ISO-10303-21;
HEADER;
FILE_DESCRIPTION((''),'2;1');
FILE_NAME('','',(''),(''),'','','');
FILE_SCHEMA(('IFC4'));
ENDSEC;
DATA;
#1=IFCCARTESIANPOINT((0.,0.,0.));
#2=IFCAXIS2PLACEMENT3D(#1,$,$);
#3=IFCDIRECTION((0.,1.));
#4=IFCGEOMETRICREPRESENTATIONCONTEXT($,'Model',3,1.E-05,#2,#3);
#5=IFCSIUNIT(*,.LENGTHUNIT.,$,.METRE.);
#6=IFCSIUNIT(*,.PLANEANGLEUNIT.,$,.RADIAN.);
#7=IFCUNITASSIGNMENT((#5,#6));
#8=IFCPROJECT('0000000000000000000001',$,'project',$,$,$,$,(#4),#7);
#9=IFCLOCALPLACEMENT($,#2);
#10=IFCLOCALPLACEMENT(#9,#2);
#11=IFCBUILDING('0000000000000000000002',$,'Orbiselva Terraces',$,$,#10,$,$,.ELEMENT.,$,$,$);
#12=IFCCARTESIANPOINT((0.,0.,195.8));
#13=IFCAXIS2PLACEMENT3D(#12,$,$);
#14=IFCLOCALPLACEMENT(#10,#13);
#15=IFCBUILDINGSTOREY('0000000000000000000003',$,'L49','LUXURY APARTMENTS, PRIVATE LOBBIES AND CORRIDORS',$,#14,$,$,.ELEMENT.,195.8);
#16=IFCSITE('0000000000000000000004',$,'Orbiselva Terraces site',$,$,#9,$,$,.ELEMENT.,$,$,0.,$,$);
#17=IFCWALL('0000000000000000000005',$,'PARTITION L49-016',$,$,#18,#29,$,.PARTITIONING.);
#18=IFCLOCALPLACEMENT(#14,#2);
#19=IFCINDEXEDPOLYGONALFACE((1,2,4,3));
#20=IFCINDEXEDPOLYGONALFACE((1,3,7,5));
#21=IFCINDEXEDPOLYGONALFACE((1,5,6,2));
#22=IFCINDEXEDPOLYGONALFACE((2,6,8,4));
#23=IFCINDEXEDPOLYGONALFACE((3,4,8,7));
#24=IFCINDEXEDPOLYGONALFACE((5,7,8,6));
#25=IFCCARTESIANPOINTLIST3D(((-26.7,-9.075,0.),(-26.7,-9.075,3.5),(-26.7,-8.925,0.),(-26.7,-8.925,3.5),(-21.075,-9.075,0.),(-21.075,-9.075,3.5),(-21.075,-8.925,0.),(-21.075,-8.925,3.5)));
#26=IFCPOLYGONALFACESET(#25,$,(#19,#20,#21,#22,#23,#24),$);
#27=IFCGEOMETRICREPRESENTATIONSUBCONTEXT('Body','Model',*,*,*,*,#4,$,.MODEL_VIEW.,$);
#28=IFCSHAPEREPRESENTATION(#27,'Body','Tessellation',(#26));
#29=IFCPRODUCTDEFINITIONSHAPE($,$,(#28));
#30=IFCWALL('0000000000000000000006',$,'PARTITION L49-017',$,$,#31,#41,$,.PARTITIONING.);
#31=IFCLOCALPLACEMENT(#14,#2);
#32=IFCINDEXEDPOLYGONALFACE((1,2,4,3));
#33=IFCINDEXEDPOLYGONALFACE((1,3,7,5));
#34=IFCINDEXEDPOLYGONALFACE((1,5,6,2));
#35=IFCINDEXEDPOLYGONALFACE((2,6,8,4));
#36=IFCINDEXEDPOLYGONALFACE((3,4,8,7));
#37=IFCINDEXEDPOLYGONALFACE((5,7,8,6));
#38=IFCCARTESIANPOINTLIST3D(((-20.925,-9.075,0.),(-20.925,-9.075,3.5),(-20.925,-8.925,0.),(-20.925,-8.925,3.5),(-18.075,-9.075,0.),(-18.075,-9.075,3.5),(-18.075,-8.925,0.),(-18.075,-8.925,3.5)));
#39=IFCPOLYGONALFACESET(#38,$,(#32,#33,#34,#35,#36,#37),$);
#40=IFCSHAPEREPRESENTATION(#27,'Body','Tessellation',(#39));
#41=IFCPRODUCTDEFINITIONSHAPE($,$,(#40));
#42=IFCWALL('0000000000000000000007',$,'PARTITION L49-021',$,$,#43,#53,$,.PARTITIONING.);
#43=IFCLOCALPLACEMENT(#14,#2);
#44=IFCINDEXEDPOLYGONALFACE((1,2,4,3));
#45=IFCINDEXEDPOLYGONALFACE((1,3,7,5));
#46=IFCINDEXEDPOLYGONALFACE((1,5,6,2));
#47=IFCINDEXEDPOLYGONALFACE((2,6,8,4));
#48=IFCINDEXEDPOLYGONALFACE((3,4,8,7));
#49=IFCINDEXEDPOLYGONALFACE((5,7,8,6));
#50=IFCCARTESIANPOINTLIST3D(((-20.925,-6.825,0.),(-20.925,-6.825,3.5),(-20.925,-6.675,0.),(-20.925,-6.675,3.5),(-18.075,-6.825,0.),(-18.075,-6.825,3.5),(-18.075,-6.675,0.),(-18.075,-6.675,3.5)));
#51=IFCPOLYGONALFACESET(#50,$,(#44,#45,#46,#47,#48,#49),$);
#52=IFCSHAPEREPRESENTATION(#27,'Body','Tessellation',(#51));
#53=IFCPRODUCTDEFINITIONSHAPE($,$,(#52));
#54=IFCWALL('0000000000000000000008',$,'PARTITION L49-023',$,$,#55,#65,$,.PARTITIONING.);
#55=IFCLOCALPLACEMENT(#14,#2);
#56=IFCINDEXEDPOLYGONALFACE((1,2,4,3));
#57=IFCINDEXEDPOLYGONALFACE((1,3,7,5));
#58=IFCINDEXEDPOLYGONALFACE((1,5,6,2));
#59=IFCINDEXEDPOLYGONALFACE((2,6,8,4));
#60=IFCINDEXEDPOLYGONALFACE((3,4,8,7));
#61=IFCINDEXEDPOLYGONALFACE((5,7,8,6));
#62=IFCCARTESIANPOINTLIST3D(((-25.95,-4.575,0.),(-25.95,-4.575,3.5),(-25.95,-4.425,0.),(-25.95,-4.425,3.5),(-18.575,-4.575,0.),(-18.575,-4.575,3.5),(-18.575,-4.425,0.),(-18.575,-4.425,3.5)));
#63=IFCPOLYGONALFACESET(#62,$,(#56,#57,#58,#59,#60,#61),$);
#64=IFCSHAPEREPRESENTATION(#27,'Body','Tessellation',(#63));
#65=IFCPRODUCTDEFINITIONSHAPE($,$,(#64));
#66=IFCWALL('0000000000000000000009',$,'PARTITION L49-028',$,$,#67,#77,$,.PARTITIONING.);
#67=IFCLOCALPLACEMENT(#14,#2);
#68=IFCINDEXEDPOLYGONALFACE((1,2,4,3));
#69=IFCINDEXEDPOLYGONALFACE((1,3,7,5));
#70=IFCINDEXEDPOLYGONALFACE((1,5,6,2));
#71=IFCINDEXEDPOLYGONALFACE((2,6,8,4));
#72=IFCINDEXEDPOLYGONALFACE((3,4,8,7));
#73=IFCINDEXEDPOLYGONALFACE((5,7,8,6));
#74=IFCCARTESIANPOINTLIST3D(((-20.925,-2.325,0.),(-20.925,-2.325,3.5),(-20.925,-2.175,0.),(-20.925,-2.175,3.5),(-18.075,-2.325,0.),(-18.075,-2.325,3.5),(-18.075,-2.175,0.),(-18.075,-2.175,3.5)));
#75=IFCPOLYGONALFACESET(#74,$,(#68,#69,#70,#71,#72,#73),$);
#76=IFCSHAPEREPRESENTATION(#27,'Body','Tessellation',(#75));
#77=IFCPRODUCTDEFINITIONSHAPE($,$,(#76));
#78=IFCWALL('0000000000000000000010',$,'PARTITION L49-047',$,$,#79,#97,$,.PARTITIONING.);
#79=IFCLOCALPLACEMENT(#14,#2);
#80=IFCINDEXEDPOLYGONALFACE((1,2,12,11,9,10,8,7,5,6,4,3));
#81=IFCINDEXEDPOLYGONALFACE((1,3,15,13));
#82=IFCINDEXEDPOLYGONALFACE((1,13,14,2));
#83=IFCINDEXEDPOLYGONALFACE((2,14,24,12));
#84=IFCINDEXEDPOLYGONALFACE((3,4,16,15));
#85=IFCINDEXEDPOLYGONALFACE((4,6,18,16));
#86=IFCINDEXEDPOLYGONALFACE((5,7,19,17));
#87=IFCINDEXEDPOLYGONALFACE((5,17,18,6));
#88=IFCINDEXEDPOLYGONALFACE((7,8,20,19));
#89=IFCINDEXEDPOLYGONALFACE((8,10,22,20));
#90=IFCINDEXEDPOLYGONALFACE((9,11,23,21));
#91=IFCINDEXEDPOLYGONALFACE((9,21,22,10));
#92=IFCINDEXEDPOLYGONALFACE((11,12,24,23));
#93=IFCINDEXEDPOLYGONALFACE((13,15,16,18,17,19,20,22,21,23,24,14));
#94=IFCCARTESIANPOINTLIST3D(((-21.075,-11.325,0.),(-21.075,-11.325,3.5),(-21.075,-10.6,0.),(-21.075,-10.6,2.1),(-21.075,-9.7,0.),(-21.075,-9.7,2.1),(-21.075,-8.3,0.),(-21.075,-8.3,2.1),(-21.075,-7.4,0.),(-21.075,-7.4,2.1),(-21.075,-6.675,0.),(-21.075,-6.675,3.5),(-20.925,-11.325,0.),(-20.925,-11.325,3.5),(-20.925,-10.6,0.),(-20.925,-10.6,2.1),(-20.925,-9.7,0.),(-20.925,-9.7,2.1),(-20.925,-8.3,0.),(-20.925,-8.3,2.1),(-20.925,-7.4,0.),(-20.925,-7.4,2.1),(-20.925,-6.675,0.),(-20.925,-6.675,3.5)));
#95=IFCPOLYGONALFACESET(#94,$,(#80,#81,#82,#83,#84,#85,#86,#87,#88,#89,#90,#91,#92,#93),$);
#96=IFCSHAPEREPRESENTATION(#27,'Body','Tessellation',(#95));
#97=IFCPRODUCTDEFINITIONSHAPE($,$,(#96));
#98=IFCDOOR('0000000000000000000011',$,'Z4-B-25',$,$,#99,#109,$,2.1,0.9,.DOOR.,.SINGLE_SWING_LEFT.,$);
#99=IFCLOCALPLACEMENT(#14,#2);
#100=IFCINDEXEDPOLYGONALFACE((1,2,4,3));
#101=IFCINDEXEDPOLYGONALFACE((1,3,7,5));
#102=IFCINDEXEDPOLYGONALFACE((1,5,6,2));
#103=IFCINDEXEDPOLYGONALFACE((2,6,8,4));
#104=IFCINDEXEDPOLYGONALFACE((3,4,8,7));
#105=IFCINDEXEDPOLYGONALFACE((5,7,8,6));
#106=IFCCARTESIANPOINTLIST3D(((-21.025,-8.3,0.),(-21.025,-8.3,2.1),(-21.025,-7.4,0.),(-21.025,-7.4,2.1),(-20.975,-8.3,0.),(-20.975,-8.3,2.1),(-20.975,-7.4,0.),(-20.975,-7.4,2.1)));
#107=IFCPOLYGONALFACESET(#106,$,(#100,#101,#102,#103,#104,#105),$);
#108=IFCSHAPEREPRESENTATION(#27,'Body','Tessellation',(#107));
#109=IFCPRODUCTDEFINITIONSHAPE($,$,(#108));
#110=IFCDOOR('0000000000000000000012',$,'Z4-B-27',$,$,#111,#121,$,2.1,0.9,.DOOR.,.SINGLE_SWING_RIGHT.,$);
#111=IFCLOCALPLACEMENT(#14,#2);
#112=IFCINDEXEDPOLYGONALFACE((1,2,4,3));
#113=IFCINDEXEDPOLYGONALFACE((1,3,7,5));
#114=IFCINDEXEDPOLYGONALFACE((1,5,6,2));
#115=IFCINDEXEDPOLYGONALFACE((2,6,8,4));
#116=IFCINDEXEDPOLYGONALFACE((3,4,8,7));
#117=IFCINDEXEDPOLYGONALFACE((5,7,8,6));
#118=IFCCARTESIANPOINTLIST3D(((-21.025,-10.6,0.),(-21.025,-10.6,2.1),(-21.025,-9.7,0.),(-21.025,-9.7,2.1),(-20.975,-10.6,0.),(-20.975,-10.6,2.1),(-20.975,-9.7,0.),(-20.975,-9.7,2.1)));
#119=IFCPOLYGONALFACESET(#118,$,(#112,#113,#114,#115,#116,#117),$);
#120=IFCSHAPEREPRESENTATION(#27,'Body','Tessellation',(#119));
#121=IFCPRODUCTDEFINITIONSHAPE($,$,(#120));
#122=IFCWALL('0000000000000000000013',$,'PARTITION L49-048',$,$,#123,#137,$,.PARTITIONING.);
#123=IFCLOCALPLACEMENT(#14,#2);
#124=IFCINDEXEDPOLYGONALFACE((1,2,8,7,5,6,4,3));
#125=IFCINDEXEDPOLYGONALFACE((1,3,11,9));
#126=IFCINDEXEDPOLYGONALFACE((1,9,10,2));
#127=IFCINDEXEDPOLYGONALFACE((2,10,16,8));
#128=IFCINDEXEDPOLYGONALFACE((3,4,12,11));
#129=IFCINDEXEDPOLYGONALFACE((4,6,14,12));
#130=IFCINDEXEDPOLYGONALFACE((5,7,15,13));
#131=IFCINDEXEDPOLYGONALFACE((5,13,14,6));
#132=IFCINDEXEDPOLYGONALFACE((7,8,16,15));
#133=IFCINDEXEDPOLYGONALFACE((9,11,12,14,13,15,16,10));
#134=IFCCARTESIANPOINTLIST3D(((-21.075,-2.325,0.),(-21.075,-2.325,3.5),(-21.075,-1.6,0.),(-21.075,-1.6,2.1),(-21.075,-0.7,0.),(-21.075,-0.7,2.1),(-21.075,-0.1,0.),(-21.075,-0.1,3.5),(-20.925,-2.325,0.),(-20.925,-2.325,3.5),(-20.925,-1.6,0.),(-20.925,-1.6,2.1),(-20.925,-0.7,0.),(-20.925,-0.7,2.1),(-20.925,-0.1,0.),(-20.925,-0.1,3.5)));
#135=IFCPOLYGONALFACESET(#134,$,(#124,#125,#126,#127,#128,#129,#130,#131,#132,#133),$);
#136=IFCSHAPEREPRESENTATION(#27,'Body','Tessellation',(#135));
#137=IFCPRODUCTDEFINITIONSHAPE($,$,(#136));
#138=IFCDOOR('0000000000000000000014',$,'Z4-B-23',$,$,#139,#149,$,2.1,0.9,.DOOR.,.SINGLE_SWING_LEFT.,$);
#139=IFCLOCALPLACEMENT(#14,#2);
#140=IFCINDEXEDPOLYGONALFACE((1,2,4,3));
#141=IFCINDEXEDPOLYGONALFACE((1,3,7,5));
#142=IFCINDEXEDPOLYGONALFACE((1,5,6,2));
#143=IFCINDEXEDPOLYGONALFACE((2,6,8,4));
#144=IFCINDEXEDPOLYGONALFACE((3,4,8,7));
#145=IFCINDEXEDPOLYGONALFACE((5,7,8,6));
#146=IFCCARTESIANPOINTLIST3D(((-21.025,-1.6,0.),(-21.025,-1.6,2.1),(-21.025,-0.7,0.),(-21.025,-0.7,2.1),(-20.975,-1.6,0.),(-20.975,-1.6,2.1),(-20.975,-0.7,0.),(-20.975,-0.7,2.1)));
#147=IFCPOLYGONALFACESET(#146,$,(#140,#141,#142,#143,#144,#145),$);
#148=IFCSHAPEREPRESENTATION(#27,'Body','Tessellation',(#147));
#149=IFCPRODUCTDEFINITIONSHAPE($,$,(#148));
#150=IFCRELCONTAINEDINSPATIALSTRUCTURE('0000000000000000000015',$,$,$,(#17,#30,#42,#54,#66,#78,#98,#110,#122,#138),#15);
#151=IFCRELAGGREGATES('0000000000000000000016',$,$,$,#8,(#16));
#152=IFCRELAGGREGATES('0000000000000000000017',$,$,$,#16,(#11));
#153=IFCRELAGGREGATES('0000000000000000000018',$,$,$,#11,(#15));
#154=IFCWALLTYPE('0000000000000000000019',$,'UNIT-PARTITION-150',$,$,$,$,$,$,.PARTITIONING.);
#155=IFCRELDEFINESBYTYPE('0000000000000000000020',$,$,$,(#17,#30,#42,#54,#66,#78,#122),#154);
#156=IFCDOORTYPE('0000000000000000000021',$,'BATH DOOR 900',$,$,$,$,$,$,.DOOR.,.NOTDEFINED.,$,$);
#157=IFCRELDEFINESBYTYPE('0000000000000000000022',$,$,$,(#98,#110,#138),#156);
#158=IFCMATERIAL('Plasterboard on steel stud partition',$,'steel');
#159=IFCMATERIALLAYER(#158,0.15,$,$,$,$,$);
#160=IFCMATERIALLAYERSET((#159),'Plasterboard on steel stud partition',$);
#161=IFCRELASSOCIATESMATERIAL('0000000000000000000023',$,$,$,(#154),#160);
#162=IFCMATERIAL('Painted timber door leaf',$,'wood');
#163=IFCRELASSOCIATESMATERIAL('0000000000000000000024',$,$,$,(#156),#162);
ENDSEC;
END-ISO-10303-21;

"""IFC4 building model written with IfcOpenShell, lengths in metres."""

from ifc_helpers import new_model, si_unit, direction, frame, frame_2d, origin, place, context, subcontext, project, spatial, rectangle, extrude, material, layer, layer_set, type_object, element, fill, save


model = new_model("IFC4")

# Units and contexts
model_context = context("Model", 3, precision=1e-05, world=origin(), true_north=direction((0.0, 1.0)))
body_context = subcontext(model_context, "Body", "Model", "MODEL_VIEW")
ifc_project = project(units=[si_unit("LENGTHUNIT", "METRE"), si_unit("PLANEANGLEUNIT", "RADIAN")], contexts=[model_context])

# Site, building, storey
site_placement = place(None, origin())
site = spatial("IfcSite", under=ifc_project, at=site_placement, Name="Orbiselva Terraces site", CompositionType="ELEMENT", RefElevation=0.0)
building_placement = place(site_placement, origin())
building = spatial("IfcBuilding", under=site, at=building_placement, Name="Orbiselva Terraces", CompositionType="ELEMENT")
storey_placement = place(building_placement, frame((0.0, 0.0, 195.8)))
storey = spatial("IfcBuildingStorey", under=building, at=storey_placement, Name="L49", Description="LUXURY APARTMENTS, PRIVATE LOBBIES AND CORRIDORS", CompositionType="ELEMENT", Elevation=195.8)

# Walls
ifc_material_1 = material(Name="Plasterboard on steel stud partition", Category="steel")
ifc_layer_1 = layer(ifc_material_1, 0.15)
ifc_layer_set_1 = layer_set([ifc_layer_1], Name="Plasterboard on steel stud partition")
wall_type_1 = type_object("IfcWallType", Name="UNIT-PARTITION-150", PredefinedType="PARTITIONING", material=ifc_layer_set_1)
wall_1_placement = place(storey_placement, frame((-26.7, -9.0, 0.0), z_axis=(0.0, 0.0, 1.0), x_axis=(1.0, 0.0, 0.0)))
element("IfcWall", 1, at=wall_1_placement, inside=storey, type_object=wall_type_1, Name="PARTITION L49-016", PredefinedType="PARTITIONING", context=body_context, shape_type="SweptSolid", body=[
    extrude(rectangle(XDim=5.625, YDim=0.15, at=frame_2d((2.8125, 0.0))), origin(), (0.0, 0.0, 1.0), 3.5),
])
for number, where, z_axis, x_axis, name in (
    (2, (-20.925, -9.0, 0.0), (0.0, 0.0, 1.0), (1.0, 0.0, 0.0), "PARTITION L49-017"),
    (3, (-20.925, -6.75, 0.0), (0.0, 0.0, 1.0), (1.0, 0.0, 0.0), "PARTITION L49-021"),
):
    element("IfcWall", number, at=place(storey_placement, frame(where, z_axis=z_axis, x_axis=x_axis)), inside=storey, type_object=wall_type_1, Name=name, PredefinedType="PARTITIONING", context=body_context, shape_type="SweptSolid", body=[
        extrude(rectangle(XDim=2.85, YDim=0.15, at=frame_2d((1.425, 0.0))), origin(), (0.0, 0.0, 1.0), 3.5),
    ])
wall_2_placement = place(storey_placement, frame((-25.95, -4.5, 0.0), z_axis=(0.0, 0.0, 1.0), x_axis=(1.0, 0.0, 0.0)))
element("IfcWall", 4, at=wall_2_placement, inside=storey, type_object=wall_type_1, Name="PARTITION L49-023", PredefinedType="PARTITIONING", context=body_context, shape_type="SweptSolid", body=[
    extrude(rectangle(XDim=7.375, YDim=0.15, at=frame_2d((3.6875, 0.0))), origin(), (0.0, 0.0, 1.0), 3.5),
])
wall_3_placement = place(storey_placement, frame((-20.925, -2.25, 0.0), z_axis=(0.0, 0.0, 1.0), x_axis=(1.0, 0.0, 0.0)))
element("IfcWall", 5, at=wall_3_placement, inside=storey, type_object=wall_type_1, Name="PARTITION L49-028", PredefinedType="PARTITIONING", context=body_context, shape_type="SweptSolid", body=[
    extrude(rectangle(XDim=2.85, YDim=0.15, at=frame_2d((1.425, 0.0))), origin(), (0.0, 0.0, 1.0), 3.5),
])

# Wall, openings, doors
wall_4_placement = place(storey_placement, frame((-21.0, -6.675, 0.0), z_axis=(0.0, 0.0, 1.0), x_axis=(0.0, -1.0, 0.0)))
wall_4 = element("IfcWall", 6, at=wall_4_placement, inside=storey, type_object=wall_type_1, Name="PARTITION L49-047", PredefinedType="PARTITIONING", context=body_context, shape_type="SweptSolid", body=[
    extrude(rectangle(XDim=4.65, YDim=0.15, at=frame_2d((2.325, 0.0))), origin(), (0.0, 0.0, 1.0), 3.5),
])
opening_1_placement = place(wall_4_placement, frame((0.725, 0.0, 0.0)))
opening_1 = element("IfcOpeningElement", 7, at=opening_1_placement, cuts=wall_4, PredefinedType="OPENING", context=body_context, shape_type="SweptSolid", body=[
    extrude(rectangle(XDim=0.9, YDim=2.1, at=frame_2d((0.45, 1.05))), frame((0.0, 0.085, 0.0), z_axis=(0.0, -1.0, 0.0), x_axis=(1.0, 0.0, 0.0)), (0.0, 0.0, 1.0), 0.17),
])
opening_2_placement = place(wall_4_placement, frame((3.025, 0.0, 0.0)))
opening_2 = element("IfcOpeningElement", 8, at=opening_2_placement, cuts=wall_4, PredefinedType="OPENING", context=body_context, shape_type="SweptSolid", body=[
    extrude(rectangle(XDim=0.9, YDim=2.1, at=frame_2d((0.45, 1.05))), frame((0.0, 0.085, 0.0), z_axis=(0.0, -1.0, 0.0), x_axis=(1.0, 0.0, 0.0)), (0.0, 0.0, 1.0), 0.17),
])
ifc_material_2 = material(Name="Painted timber door leaf", Category="wood")
door_type_1 = type_object("IfcDoorType", Name="BATH DOOR 900", OperationType="NOTDEFINED", PredefinedType="DOOR", material=ifc_material_2)
door_1_placement = place(opening_1_placement, origin())
door_1 = element("IfcDoor", 9, at=door_1_placement, inside=storey, type_object=door_type_1, Name="Z4-B-25", OperationType="SINGLE_SWING_LEFT", OverallHeight=2.1, OverallWidth=0.9, PredefinedType="DOOR", context=body_context, shape_type="SweptSolid", body=[
    extrude(rectangle(XDim=0.9, YDim=2.1, at=frame_2d((0.45, 1.05))), frame((0.0, 0.025, 0.0), z_axis=(0.0, -1.0, 0.0), x_axis=(1.0, 0.0, 0.0)), (0.0, 0.0, 1.0), 0.05),
])
fill(opening_1, door_1)
door_2_placement = place(opening_2_placement, origin())
door_2 = element("IfcDoor", 10, at=door_2_placement, inside=storey, type_object=door_type_1, Name="Z4-B-27", OperationType="SINGLE_SWING_RIGHT", OverallHeight=2.1, OverallWidth=0.9, PredefinedType="DOOR", context=body_context, shape_type="SweptSolid", body=[
    extrude(rectangle(XDim=0.9, YDim=2.1, at=frame_2d((0.45, 1.05))), frame((0.0, 0.025, 0.0), z_axis=(0.0, -1.0, 0.0), x_axis=(1.0, 0.0, 0.0)), (0.0, 0.0, 1.0), 0.05),
])
fill(opening_2, door_2)

# Wall, opening, door
wall_5_placement = place(storey_placement, frame((-21.0, -0.1, 0.0), z_axis=(0.0, 0.0, 1.0), x_axis=(0.0, -1.0, 0.0)))
wall_5 = element("IfcWall", 11, at=wall_5_placement, inside=storey, type_object=wall_type_1, Name="PARTITION L49-048", PredefinedType="PARTITIONING", context=body_context, shape_type="SweptSolid", body=[
    extrude(rectangle(XDim=2.225, YDim=0.15, at=frame_2d((1.1125, 0.0))), origin(), (0.0, 0.0, 1.0), 3.5),
])
opening_3_placement = place(wall_5_placement, frame((0.6, 0.0, 0.0)))
opening_3 = element("IfcOpeningElement", 12, at=opening_3_placement, cuts=wall_5, PredefinedType="OPENING", context=body_context, shape_type="SweptSolid", body=[
    extrude(rectangle(XDim=0.9, YDim=2.1, at=frame_2d((0.45, 1.05))), frame((0.0, 0.085, 0.0), z_axis=(0.0, -1.0, 0.0), x_axis=(1.0, 0.0, 0.0)), (0.0, 0.0, 1.0), 0.17),
])
door_3_placement = place(opening_3_placement, origin())
door_3 = element("IfcDoor", 13, at=door_3_placement, inside=storey, type_object=door_type_1, Name="Z4-B-23", OperationType="SINGLE_SWING_LEFT", OverallHeight=2.1, OverallWidth=0.9, PredefinedType="DOOR", context=body_context, shape_type="SweptSolid", body=[
    extrude(rectangle(XDim=0.9, YDim=2.1, at=frame_2d((0.45, 1.05))), frame((0.0, 0.025, 0.0), z_axis=(0.0, -1.0, 0.0), x_axis=(1.0, 0.0, 0.0)), (0.0, 0.0, 1.0), 0.05),
])
fill(opening_3, door_3)

save(model, "model.ifc")
